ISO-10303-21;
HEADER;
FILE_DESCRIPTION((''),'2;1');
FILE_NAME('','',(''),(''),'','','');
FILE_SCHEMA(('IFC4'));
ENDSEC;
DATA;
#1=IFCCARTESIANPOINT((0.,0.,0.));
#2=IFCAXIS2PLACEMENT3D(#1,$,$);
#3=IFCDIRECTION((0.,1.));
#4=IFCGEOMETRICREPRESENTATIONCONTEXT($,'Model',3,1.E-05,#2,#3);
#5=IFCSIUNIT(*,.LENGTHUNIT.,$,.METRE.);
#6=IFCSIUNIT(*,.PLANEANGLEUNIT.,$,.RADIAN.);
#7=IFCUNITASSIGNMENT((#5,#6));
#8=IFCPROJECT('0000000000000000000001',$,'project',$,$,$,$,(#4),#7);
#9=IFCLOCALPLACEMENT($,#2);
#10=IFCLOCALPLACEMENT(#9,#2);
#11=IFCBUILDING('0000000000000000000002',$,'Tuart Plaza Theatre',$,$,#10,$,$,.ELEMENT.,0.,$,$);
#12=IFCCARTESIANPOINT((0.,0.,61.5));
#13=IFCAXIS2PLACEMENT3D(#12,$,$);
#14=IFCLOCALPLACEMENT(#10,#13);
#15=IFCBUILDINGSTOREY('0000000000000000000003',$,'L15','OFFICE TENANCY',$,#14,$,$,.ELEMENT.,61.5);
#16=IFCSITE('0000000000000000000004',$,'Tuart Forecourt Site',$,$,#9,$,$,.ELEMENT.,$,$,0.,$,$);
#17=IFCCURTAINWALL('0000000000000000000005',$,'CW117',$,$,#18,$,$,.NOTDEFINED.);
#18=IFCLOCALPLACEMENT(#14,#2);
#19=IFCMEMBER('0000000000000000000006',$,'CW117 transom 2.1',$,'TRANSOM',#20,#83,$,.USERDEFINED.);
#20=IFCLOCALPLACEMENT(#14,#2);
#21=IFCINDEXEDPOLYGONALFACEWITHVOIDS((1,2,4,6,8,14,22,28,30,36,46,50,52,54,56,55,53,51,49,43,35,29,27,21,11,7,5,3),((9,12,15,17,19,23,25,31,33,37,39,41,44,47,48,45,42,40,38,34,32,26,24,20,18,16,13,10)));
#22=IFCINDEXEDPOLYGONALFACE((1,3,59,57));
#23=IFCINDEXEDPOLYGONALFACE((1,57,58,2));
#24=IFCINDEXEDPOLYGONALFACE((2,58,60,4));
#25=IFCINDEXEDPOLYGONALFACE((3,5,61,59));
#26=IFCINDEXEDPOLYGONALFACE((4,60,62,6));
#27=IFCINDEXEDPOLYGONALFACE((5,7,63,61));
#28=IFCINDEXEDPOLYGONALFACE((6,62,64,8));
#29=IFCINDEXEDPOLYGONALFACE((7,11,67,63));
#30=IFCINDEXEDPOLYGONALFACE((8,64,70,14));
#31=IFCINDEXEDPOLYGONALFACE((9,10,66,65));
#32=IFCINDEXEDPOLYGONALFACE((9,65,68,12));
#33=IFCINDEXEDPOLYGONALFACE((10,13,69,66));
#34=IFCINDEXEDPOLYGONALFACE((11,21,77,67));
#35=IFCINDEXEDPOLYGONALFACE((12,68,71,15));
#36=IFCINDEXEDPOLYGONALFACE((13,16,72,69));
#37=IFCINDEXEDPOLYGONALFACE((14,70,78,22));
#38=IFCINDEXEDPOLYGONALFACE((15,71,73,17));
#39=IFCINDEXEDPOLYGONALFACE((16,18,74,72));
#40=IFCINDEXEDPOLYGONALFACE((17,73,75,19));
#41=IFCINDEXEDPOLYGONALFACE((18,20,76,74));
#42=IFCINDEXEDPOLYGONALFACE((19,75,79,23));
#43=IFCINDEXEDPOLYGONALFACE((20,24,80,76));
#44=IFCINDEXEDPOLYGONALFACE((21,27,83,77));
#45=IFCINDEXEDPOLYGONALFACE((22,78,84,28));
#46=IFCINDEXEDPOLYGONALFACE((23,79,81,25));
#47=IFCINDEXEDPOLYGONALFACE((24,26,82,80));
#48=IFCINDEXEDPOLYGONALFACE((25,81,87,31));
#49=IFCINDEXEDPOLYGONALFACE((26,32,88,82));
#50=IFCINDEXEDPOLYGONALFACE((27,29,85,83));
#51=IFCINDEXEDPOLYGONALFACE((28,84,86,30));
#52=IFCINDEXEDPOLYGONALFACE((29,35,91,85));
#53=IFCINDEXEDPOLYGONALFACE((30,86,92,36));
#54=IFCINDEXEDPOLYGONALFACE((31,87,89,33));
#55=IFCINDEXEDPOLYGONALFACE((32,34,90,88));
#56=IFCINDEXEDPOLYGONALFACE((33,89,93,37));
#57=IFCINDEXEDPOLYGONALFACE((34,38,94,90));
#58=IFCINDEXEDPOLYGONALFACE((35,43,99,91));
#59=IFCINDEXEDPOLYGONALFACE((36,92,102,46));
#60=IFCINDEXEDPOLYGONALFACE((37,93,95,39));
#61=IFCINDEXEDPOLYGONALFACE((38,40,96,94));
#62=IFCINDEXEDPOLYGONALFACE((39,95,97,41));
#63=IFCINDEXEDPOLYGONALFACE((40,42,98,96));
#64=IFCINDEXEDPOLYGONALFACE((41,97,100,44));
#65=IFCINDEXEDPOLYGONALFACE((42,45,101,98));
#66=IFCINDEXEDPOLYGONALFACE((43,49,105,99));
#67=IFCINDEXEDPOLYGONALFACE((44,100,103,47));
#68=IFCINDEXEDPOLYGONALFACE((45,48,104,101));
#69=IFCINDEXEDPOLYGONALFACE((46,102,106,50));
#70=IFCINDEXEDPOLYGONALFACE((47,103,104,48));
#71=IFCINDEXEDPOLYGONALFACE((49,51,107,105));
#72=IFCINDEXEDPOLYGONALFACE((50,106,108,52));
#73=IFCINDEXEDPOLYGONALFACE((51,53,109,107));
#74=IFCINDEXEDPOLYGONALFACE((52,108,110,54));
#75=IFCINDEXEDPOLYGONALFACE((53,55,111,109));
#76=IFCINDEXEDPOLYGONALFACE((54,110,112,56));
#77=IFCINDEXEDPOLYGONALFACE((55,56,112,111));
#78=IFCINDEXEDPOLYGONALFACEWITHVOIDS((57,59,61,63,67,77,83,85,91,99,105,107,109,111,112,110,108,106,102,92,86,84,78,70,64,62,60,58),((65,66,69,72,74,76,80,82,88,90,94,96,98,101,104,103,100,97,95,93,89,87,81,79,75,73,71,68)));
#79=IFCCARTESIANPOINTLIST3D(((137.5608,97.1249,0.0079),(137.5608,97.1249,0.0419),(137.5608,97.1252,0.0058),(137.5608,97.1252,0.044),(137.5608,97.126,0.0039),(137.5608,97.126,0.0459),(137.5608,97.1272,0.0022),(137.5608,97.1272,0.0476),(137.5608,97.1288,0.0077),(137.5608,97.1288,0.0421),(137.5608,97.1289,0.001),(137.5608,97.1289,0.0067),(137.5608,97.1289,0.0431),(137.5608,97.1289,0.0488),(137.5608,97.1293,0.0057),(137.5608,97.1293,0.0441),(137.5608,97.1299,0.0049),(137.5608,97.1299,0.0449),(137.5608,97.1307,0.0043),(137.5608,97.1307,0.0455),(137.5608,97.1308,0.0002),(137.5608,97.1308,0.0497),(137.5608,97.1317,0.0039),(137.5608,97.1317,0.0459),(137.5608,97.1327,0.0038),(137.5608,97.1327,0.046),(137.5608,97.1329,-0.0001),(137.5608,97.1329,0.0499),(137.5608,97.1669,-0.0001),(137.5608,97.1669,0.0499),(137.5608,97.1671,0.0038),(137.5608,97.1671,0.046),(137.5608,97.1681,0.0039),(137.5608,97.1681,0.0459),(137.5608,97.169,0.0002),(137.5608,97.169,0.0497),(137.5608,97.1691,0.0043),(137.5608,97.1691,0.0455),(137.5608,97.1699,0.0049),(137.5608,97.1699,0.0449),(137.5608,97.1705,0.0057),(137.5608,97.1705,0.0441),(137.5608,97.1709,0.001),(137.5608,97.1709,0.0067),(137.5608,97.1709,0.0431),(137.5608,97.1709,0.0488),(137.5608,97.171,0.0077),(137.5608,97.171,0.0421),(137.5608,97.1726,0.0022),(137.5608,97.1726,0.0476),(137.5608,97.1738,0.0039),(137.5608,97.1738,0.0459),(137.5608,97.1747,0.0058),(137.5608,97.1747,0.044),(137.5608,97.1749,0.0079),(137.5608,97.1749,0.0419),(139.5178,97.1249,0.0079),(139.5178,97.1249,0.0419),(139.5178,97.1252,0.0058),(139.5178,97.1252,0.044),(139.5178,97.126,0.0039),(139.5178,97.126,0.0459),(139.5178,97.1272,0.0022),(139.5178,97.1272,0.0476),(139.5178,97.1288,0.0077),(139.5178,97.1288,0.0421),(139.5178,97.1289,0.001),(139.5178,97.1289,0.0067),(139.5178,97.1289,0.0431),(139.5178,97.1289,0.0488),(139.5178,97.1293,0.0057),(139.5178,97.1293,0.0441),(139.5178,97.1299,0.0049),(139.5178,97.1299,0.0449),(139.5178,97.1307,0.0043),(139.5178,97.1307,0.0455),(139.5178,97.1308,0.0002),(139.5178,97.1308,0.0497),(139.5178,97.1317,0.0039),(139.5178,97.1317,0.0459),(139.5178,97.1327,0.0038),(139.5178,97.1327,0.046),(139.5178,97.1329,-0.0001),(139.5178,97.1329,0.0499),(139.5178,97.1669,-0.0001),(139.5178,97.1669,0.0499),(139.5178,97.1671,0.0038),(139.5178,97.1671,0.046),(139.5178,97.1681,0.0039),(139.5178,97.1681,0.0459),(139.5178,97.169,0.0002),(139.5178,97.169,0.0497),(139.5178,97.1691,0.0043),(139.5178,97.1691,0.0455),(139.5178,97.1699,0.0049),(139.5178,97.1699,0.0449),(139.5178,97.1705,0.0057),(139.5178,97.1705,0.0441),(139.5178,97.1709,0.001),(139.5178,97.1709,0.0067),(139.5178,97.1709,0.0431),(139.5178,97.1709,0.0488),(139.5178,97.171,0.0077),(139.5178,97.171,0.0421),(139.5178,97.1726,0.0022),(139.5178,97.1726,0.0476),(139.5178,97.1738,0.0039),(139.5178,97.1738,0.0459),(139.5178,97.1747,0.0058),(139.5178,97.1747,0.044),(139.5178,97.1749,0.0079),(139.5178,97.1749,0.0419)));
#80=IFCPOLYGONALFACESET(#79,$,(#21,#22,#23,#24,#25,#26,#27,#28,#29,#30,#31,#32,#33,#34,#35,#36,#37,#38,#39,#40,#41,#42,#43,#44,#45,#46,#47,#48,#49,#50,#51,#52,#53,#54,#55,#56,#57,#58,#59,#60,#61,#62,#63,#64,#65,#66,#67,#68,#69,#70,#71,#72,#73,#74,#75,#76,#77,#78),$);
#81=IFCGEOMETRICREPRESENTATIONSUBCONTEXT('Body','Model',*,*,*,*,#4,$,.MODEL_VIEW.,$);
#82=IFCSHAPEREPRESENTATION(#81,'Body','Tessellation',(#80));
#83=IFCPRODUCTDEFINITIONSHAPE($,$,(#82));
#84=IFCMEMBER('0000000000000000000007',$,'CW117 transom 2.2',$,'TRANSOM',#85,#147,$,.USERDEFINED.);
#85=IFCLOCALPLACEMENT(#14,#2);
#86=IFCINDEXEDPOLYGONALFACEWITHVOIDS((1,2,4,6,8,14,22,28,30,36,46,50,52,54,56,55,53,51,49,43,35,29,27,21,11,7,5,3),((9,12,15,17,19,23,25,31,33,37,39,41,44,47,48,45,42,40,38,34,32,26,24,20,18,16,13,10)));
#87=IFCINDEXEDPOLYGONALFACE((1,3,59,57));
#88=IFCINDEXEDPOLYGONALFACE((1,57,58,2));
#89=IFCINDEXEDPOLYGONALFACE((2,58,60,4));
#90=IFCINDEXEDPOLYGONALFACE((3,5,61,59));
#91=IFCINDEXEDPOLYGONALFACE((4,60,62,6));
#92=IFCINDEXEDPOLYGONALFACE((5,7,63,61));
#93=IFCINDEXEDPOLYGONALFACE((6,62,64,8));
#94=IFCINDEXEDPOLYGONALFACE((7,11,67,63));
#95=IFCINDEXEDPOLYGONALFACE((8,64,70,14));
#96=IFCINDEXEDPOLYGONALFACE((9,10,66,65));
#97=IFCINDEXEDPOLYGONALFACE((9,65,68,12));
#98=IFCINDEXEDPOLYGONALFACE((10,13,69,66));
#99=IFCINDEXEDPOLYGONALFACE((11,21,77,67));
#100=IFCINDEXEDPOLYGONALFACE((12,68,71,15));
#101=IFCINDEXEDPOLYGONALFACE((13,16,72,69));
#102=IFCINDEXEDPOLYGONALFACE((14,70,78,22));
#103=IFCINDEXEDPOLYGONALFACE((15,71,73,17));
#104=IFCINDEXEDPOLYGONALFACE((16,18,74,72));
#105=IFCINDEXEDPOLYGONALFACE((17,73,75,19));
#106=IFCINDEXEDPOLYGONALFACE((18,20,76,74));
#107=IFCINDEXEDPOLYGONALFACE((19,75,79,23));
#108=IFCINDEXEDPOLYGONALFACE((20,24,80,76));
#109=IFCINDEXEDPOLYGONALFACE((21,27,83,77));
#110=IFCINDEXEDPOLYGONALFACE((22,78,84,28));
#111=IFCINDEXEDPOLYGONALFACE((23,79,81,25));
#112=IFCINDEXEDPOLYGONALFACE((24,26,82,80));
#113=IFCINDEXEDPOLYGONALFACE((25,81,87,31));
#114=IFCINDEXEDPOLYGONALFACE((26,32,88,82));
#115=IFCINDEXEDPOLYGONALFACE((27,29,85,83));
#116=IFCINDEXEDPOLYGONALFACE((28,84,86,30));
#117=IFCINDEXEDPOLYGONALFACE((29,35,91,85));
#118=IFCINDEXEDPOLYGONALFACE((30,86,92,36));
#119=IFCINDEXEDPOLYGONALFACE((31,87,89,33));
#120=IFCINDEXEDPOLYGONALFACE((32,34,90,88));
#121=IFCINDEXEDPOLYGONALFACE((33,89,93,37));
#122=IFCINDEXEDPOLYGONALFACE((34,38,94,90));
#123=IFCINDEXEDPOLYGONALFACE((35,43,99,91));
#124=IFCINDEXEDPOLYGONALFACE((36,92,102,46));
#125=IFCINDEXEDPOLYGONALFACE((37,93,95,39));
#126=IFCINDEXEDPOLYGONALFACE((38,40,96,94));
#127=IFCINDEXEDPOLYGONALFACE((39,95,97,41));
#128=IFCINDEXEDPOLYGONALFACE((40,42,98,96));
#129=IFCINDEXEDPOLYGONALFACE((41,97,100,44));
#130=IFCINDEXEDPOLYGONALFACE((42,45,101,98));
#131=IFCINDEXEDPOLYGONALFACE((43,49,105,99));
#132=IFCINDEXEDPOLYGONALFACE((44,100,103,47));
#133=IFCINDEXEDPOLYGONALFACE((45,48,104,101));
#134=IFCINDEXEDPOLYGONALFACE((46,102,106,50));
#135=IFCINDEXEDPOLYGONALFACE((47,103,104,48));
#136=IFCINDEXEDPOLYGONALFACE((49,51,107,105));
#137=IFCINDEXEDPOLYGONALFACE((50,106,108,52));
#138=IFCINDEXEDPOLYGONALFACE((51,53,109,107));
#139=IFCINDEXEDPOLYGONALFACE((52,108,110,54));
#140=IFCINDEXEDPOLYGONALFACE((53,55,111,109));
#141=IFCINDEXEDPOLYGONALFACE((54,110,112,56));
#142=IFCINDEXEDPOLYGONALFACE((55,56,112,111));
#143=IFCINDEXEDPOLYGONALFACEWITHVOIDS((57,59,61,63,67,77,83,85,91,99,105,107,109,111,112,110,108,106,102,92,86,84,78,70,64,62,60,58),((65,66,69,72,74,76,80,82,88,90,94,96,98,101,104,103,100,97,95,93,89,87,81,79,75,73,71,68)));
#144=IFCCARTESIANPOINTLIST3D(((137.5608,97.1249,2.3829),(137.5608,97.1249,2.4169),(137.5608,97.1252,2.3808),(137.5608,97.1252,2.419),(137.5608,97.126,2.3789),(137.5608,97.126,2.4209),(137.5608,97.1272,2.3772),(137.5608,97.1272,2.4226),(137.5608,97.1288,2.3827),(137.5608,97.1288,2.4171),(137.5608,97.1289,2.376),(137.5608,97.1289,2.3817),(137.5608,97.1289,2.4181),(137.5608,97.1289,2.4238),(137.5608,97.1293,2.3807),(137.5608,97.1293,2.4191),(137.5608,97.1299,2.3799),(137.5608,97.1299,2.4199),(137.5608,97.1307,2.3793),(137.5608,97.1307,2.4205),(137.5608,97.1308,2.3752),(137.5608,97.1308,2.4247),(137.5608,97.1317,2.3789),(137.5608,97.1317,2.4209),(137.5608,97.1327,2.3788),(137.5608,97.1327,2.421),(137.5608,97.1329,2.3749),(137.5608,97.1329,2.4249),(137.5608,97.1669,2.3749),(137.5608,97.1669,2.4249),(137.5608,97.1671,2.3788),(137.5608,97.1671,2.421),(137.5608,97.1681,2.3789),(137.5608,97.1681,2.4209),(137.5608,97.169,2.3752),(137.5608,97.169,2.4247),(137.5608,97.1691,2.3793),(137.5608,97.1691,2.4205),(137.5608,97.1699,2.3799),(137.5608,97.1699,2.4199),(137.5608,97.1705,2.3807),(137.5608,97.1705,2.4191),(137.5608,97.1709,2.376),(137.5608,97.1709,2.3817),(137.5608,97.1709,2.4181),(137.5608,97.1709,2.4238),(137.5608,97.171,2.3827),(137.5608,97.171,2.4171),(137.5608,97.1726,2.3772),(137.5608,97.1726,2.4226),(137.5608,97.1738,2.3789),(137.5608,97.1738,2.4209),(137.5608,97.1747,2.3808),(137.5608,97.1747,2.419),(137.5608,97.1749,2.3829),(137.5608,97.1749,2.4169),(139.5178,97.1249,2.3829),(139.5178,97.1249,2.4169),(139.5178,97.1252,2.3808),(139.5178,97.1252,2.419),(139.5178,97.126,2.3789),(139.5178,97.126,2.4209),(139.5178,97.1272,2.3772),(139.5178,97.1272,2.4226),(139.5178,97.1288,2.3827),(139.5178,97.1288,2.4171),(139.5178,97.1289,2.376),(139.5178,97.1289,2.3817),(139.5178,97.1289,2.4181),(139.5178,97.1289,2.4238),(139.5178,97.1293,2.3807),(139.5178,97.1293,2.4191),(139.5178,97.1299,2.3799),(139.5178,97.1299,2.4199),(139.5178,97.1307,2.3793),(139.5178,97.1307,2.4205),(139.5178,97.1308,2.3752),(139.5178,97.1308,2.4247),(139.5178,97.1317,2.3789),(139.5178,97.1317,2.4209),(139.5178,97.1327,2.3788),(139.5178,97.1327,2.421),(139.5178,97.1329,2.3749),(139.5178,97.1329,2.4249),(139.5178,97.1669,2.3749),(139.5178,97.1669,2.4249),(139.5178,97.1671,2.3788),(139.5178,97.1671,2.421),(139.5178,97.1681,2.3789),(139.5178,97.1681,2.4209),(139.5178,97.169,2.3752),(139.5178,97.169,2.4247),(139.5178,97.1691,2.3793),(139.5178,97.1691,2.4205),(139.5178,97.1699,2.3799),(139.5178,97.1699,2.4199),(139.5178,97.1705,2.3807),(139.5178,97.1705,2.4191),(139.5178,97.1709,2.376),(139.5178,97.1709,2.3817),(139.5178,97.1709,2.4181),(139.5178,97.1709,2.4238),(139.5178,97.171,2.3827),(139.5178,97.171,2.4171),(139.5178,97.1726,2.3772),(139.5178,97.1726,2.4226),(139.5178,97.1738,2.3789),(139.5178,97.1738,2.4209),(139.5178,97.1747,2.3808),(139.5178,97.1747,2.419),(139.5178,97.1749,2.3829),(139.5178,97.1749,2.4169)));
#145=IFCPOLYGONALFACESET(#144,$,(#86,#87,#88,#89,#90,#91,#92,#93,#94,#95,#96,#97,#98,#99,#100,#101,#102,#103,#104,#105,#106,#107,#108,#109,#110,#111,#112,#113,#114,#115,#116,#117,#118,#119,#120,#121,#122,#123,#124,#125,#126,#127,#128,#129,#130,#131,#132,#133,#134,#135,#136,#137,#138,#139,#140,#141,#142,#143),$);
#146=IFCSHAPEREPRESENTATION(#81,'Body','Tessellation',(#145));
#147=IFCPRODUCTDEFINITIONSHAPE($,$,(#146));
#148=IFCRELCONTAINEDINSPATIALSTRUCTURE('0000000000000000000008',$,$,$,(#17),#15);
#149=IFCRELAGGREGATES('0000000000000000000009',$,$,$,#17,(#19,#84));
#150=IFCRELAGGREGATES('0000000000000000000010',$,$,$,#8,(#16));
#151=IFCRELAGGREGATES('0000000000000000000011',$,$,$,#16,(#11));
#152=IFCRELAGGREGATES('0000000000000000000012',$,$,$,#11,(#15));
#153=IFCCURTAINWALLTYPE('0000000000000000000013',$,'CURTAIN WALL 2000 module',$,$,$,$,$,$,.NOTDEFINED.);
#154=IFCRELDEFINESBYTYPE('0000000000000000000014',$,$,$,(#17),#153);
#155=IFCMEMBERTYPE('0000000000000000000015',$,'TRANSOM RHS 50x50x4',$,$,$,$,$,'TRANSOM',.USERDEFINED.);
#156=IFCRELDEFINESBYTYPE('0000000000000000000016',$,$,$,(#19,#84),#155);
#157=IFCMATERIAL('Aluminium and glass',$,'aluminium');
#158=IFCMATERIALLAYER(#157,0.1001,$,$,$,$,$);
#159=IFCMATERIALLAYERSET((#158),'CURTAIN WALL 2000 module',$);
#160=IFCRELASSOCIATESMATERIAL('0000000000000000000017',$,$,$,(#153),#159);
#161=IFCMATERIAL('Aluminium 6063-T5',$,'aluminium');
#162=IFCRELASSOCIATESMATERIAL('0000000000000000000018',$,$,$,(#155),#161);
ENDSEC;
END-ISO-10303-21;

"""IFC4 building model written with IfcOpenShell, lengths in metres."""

from ifc_helpers import new_model, si_unit, direction, frame, origin, origin_2d, place, context, subcontext, project, spatial, hollow_rectangle, extrude, material, layer, layer_set, material_profile, profile_set, type_object, element, aggregate, save


model = new_model("IFC4")

# Units and contexts
model_context = context("Model", 3, precision=1e-05, world=origin(), true_north=direction((0.0, 1.0)))
body_context = subcontext(model_context, "Body", "Model", "MODEL_VIEW")
ifc_project = project(units=[si_unit("LENGTHUNIT", "METRE"), si_unit("PLANEANGLEUNIT", "RADIAN")], contexts=[model_context])

# Site, building, storey
site_placement = place(None, origin())
site = spatial("IfcSite", under=ifc_project, at=site_placement, Name="Tuart Forecourt Site", CompositionType="ELEMENT", RefElevation=0.0)
building_placement = place(site_placement, origin())
building = spatial("IfcBuilding", under=site, at=building_placement, Name="Tuart Plaza Theatre", CompositionType="ELEMENT", ElevationOfRefHeight=0.0)
storey_placement = place(building_placement, frame((0.0, 0.0, 61.5)))
storey = spatial("IfcBuildingStorey", under=building, at=storey_placement, Name="L15", Description="OFFICE TENANCY", CompositionType="ELEMENT", Elevation=61.5)

# Curtain wall
ifc_material_1 = material(Name="Aluminium and glass", Category="aluminium")
ifc_layer_1 = layer(ifc_material_1, 0.1001)
ifc_layer_set_1 = layer_set([ifc_layer_1], Name="CURTAIN WALL 2000 module")
curtain_wall_type = type_object("IfcCurtainWallType", Name="CURTAIN WALL 2000 module", PredefinedType="NOTDEFINED", material=ifc_layer_set_1)
curtain_wall_1_placement = place(storey_placement, origin())
curtain_wall_1 = element("IfcCurtainWall", 1, at=curtain_wall_1_placement, inside=storey, type_object=curtain_wall_type, Name="CW117", PredefinedType="NOTDEFINED")

# Members
ifc_material_2 = material(Name="Aluminium 6063-T5", Category="aluminium")
ifc_material_profile_1 = material_profile(ifc_material_2, hollow_rectangle(XDim=0.05, YDim=0.05, WallThickness=0.0039, InnerFilletRadius=0.0039, OuterFilletRadius=0.0081, at=origin_2d()), Name="RHS 50x50x4")
ifc_profile_set_1 = profile_set([ifc_material_profile_1], Name="Aluminium 6063-T5")
member_type_1 = type_object("IfcMemberType", Name="TRANSOM RHS 50x50x4", ElementType="TRANSOM", PredefinedType="USERDEFINED", material=ifc_profile_set_1)
member_1_placement = place(storey_placement, frame((139.5178, 97.1499, 0.0249), z_axis=(-1.0, 0.0, 0.0), x_axis=(0.0, -1.0, 0.0)))
member_1 = element("IfcMember", 2, at=member_1_placement, type_object=member_type_1, Name="CW117 transom 2.1", ObjectType="TRANSOM", PredefinedType="USERDEFINED", context=body_context, shape_type="SweptSolid", body=[
    extrude(hollow_rectangle(XDim=0.05, YDim=0.05, WallThickness=0.0039, InnerFilletRadius=0.0039, OuterFilletRadius=0.0081, at=origin_2d()), origin(), (0.0, 0.0, 1.0), 1.957),
])
member_2_placement = place(storey_placement, frame((139.5178, 97.1499, 2.3999), z_axis=(-1.0, 0.0, 0.0), x_axis=(0.0, -1.0, 0.0)))
member_2 = element("IfcMember", 3, at=member_2_placement, type_object=member_type_1, Name="CW117 transom 2.2", ObjectType="TRANSOM", PredefinedType="USERDEFINED", context=body_context, shape_type="SweptSolid", body=[
    extrude(hollow_rectangle(XDim=0.05, YDim=0.05, WallThickness=0.0039, InnerFilletRadius=0.0039, OuterFilletRadius=0.0081, at=origin_2d()), origin(), (0.0, 0.0, 1.0), 1.957),
])

aggregate(curtain_wall_1, [member_1, member_2])

save(model, "model.ifc")
